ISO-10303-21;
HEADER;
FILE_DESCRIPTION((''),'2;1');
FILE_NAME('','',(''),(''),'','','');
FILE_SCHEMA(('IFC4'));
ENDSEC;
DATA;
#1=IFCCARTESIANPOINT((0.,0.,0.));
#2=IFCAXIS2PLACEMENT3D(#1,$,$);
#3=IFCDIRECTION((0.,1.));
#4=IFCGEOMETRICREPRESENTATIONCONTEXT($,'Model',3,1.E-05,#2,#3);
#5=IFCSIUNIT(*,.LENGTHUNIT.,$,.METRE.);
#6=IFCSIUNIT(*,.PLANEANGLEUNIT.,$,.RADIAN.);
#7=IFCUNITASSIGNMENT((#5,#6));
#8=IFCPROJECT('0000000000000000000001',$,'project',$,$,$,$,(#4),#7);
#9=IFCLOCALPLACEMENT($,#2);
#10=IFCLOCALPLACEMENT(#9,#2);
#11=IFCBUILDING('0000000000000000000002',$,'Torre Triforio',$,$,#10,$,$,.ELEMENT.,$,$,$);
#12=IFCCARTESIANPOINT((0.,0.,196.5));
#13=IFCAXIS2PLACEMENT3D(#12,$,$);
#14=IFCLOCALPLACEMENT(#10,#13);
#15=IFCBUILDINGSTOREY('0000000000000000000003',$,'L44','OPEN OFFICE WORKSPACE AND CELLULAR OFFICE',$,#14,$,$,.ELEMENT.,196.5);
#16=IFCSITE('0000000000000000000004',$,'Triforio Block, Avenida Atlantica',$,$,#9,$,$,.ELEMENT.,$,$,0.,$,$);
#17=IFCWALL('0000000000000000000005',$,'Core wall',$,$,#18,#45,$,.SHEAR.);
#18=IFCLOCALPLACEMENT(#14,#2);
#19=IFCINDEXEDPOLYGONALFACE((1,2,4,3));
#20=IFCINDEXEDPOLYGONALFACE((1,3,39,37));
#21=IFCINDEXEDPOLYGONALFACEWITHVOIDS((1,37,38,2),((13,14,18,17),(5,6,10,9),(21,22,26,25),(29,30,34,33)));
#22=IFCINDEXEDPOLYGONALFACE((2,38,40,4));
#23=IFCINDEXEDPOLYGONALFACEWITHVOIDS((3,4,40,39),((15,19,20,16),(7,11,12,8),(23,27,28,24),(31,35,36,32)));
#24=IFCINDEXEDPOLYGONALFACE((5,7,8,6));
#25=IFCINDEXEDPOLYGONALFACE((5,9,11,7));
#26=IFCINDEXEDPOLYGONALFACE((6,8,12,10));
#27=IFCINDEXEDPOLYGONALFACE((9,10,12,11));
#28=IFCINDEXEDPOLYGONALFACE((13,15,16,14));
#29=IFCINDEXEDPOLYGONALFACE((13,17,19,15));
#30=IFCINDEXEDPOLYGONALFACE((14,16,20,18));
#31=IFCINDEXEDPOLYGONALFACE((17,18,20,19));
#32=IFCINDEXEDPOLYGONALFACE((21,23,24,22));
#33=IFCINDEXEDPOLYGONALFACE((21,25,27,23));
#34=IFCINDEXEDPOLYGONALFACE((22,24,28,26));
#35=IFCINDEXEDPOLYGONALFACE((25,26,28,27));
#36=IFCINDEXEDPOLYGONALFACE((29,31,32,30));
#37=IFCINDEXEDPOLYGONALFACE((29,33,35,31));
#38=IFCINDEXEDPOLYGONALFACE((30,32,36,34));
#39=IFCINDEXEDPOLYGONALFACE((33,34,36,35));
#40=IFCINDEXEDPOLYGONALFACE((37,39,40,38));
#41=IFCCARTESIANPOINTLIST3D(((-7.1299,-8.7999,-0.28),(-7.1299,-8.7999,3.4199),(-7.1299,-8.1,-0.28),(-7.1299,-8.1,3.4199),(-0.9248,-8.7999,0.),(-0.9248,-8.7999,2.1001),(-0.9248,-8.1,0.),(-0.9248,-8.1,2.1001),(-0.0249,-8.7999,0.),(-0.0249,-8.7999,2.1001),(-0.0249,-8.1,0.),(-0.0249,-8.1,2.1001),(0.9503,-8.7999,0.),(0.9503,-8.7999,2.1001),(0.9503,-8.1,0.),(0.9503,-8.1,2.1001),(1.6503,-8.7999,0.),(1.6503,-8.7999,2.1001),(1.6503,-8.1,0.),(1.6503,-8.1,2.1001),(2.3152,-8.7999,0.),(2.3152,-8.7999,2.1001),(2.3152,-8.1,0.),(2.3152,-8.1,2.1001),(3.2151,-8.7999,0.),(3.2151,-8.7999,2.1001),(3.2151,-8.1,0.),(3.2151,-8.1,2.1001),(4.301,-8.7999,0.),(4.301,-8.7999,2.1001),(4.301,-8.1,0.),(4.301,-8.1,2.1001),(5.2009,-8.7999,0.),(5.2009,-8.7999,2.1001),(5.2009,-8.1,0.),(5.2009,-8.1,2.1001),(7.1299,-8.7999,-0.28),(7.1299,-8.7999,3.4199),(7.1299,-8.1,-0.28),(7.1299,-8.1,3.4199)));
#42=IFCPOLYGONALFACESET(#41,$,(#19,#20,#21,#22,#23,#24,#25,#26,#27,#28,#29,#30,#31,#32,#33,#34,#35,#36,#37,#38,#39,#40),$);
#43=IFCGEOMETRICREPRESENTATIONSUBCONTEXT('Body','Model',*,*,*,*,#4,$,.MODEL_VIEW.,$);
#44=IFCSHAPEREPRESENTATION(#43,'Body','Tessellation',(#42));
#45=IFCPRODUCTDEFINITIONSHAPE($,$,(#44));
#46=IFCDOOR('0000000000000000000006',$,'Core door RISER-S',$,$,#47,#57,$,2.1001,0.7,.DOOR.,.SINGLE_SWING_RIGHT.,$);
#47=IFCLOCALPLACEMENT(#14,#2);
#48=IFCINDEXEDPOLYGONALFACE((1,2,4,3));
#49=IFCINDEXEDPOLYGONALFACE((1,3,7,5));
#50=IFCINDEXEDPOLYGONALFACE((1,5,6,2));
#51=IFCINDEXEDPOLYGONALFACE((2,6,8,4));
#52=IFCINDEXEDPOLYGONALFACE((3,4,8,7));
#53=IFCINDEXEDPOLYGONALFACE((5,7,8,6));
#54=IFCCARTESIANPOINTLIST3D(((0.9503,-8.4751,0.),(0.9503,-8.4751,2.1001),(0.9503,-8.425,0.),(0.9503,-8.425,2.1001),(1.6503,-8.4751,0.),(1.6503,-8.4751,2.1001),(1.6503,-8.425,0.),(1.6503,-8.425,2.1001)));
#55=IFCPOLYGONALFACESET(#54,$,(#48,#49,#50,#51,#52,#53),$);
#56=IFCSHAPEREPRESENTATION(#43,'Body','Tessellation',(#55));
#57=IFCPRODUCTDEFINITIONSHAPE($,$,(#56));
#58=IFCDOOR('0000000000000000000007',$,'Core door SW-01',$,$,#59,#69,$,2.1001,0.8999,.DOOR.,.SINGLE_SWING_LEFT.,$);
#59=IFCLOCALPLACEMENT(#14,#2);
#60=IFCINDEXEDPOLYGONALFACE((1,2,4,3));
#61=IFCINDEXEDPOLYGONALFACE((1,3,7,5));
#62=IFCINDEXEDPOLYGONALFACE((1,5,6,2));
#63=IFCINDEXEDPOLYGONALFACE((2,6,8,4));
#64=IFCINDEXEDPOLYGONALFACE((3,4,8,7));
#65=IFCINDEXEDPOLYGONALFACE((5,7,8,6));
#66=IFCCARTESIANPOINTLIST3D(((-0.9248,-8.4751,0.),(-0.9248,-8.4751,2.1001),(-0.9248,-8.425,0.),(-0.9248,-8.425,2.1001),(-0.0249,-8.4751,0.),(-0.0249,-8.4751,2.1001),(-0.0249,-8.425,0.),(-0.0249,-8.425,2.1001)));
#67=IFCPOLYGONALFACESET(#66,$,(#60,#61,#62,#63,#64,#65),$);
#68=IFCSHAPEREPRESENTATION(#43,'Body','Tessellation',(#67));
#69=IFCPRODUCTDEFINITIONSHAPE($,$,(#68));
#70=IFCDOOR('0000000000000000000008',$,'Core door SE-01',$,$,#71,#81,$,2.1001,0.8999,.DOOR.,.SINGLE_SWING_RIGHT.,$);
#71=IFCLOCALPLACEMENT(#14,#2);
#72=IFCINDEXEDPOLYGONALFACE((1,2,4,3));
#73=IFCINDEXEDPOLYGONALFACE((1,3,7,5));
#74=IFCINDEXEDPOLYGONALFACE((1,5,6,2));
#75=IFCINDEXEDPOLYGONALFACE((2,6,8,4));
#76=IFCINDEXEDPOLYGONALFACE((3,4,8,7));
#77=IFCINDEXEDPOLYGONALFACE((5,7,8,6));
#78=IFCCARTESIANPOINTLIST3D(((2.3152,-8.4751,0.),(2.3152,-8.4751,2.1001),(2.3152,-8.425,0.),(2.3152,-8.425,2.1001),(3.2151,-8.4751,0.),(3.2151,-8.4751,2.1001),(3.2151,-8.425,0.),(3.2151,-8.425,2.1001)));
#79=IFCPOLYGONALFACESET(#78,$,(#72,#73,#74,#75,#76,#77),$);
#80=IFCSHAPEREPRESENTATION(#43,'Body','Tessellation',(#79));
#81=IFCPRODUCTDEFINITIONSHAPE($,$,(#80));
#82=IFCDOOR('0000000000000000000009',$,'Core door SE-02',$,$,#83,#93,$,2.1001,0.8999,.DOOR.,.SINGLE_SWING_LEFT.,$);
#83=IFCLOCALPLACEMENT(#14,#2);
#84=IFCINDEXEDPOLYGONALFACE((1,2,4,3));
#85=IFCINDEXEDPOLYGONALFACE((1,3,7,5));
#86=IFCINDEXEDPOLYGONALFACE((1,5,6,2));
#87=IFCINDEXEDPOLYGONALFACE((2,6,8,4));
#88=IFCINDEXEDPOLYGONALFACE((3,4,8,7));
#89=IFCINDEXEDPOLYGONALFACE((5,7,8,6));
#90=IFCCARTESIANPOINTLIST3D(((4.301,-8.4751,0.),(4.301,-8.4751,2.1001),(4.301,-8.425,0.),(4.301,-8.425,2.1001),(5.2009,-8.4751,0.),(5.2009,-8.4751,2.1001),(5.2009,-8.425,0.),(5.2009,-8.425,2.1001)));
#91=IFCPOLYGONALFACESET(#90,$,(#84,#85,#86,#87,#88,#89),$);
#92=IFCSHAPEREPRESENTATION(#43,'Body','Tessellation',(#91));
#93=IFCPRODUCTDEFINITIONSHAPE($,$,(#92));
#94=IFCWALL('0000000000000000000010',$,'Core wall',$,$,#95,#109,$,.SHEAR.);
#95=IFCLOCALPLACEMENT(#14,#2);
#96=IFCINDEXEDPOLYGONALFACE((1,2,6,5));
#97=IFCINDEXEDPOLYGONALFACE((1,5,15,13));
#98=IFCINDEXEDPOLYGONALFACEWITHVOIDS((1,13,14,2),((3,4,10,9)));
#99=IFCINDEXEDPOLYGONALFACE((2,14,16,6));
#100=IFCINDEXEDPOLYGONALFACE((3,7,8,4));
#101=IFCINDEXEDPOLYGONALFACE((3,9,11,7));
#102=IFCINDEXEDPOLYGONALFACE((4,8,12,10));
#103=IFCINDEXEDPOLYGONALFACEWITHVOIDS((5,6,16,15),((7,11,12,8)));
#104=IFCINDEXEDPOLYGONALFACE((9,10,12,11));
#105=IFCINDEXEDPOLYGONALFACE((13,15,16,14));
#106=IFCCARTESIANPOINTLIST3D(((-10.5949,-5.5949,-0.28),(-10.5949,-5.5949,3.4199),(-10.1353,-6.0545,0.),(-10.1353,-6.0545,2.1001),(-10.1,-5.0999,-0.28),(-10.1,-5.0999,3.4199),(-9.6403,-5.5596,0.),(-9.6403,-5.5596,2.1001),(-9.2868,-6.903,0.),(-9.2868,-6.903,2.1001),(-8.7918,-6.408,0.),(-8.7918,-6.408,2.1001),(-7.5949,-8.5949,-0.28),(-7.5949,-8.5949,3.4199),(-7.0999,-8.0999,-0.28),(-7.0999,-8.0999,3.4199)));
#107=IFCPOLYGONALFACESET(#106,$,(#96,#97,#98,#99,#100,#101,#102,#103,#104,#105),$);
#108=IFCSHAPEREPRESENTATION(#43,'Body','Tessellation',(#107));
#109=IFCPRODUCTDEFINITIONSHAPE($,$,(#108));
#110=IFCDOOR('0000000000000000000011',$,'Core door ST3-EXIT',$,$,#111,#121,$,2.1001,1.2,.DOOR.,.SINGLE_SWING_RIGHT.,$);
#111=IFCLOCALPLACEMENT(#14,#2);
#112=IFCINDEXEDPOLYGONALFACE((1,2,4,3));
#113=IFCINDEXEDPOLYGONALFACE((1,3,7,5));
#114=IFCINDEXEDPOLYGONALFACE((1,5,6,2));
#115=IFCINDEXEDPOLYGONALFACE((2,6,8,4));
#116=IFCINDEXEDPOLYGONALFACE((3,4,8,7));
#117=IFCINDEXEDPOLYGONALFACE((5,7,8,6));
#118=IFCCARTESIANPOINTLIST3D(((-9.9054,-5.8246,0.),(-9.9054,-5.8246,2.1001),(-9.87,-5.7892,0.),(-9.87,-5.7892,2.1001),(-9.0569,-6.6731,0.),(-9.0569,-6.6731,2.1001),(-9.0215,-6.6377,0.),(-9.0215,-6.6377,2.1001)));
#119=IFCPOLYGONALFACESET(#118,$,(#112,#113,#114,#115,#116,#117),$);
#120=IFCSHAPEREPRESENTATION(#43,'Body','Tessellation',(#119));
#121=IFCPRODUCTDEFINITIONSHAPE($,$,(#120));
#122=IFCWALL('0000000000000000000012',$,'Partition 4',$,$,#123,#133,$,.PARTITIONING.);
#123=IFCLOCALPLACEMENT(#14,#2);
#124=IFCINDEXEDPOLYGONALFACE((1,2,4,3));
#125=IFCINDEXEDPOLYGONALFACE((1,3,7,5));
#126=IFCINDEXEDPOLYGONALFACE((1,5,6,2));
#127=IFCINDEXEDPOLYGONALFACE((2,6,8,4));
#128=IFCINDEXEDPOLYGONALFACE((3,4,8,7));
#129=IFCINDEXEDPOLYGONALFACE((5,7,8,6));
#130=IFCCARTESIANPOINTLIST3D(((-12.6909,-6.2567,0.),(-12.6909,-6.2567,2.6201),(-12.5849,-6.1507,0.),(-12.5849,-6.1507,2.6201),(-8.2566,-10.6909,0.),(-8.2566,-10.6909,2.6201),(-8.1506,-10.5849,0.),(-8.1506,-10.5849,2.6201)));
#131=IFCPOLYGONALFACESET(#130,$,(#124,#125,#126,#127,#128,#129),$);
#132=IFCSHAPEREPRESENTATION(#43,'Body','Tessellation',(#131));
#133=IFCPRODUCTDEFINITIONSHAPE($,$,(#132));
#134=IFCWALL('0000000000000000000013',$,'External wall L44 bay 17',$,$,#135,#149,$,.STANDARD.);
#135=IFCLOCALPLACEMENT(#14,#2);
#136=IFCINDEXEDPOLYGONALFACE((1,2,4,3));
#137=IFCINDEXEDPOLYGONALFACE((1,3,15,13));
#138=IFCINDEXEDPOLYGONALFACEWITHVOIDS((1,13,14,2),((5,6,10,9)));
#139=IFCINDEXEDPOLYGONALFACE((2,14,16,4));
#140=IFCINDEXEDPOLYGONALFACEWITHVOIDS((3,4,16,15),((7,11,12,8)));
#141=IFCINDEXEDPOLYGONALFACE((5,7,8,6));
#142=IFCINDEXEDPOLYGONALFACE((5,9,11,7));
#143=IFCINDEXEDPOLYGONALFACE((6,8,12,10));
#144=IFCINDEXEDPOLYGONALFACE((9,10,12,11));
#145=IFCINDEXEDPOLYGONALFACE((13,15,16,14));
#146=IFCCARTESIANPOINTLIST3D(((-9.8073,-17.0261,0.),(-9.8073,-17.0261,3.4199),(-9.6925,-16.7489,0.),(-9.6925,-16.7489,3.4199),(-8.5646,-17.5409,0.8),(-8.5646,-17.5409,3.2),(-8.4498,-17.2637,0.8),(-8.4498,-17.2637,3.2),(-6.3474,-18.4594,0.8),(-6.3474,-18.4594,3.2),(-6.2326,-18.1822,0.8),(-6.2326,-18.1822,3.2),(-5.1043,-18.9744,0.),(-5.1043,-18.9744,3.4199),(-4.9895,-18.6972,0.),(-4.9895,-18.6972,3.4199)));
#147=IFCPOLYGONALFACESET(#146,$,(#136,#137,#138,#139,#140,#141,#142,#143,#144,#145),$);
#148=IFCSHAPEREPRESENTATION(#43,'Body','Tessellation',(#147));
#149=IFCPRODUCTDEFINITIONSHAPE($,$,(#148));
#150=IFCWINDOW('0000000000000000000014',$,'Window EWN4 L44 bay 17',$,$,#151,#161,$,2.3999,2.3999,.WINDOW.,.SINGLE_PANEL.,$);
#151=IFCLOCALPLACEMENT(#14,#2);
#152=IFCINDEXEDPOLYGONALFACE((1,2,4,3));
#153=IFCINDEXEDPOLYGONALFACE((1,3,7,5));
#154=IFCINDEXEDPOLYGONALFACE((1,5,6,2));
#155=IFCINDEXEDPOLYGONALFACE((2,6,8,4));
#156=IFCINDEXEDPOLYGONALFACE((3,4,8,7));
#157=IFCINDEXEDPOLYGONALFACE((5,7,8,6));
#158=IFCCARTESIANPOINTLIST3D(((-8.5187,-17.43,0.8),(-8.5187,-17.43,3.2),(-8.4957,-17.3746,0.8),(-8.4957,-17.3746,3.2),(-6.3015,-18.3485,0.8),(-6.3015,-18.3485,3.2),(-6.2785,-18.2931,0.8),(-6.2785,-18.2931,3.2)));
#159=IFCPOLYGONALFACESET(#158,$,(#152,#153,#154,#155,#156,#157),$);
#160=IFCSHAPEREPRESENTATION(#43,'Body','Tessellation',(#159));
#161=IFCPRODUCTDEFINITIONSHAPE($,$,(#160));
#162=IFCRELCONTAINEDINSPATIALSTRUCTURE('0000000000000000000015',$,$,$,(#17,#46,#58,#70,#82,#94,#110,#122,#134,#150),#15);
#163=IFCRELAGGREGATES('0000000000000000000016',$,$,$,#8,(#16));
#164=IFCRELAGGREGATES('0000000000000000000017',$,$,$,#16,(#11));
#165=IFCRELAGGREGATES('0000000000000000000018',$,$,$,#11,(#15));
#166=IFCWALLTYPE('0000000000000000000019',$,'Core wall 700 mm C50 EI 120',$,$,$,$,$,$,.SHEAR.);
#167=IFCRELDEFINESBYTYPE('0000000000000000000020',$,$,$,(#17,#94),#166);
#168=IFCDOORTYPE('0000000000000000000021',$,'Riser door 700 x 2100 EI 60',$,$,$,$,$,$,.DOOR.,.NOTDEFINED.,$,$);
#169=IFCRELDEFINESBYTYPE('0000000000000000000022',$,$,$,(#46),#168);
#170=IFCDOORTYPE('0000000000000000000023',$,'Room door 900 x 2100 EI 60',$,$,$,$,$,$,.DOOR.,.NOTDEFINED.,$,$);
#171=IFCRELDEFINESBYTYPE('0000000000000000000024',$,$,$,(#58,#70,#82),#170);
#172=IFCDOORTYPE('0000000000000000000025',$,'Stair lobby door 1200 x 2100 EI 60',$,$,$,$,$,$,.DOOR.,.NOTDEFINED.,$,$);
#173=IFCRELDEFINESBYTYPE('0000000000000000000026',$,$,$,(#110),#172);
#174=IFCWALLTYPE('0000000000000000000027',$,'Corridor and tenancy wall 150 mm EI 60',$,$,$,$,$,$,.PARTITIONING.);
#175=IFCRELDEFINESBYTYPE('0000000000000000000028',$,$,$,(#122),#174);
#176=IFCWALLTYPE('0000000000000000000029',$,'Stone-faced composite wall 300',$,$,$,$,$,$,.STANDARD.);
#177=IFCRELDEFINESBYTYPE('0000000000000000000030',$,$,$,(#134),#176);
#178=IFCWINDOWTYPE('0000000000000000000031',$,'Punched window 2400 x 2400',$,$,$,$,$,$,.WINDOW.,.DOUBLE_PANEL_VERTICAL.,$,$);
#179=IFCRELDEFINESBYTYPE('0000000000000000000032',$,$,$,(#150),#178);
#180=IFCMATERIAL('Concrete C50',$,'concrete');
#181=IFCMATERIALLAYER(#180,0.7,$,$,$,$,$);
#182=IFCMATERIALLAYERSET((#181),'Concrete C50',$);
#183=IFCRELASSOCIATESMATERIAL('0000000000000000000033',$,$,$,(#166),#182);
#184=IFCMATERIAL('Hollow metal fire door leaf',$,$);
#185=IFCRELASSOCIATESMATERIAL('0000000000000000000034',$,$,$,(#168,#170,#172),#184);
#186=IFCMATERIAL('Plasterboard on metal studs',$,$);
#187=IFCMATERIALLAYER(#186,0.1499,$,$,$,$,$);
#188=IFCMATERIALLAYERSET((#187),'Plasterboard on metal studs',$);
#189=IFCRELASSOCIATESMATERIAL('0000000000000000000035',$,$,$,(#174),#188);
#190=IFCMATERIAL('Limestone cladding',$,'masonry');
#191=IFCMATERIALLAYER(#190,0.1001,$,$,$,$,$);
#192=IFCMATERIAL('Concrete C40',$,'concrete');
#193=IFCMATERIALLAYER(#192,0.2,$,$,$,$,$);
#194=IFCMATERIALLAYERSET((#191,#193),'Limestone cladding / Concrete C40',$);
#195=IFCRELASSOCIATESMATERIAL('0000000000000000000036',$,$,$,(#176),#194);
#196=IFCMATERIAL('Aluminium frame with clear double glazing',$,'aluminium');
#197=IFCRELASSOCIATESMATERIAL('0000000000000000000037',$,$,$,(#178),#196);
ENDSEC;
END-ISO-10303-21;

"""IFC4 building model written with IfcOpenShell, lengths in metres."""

from ifc_helpers import new_model, si_unit, direction, frame, frame_2d, origin, place, context, subcontext, project, spatial, rectangle, extrude, material, layer, layer_set, type_object, element, fill, save


model = new_model("IFC4")

# Units and contexts
model_context = context("Model", 3, precision=1e-05, world=origin(), true_north=direction((0.0, 1.0)))
body_context = subcontext(model_context, "Body", "Model", "MODEL_VIEW")
ifc_project = project(units=[si_unit("LENGTHUNIT", "METRE"), si_unit("PLANEANGLEUNIT", "RADIAN")], contexts=[model_context])

# Site, building, storey
site_placement = place(None, origin())
site = spatial("IfcSite", under=ifc_project, at=site_placement, Name="Triforio Block, Avenida Atlantica", CompositionType="ELEMENT", RefElevation=0.0)
building_placement = place(site_placement, origin())
building = spatial("IfcBuilding", under=site, at=building_placement, Name="Torre Triforio", CompositionType="ELEMENT")
storey_placement = place(building_placement, frame((0.0, 0.0, 196.5)))
storey = spatial("IfcBuildingStorey", under=building, at=storey_placement, Name="L44", Description="OPEN OFFICE WORKSPACE AND CELLULAR OFFICE", CompositionType="ELEMENT", Elevation=196.5)

# Shared definitions
ifc_material_1 = material(Name="Concrete C50", Category="concrete")

# Shared definitions
ifc_material_2 = material(Name="Concrete C40", Category="concrete")

# Wall, openings, doors
ifc_layer_1 = layer(ifc_material_1, 0.7)
ifc_layer_set_1 = layer_set([ifc_layer_1], Name="Concrete C50")
wall_type_1 = type_object("IfcWallType", Name="Core wall 700 mm C50 EI 120", PredefinedType="SHEAR", material=ifc_layer_set_1)
wall_1_placement = place(storey_placement, frame((-7.1299, -8.45, -0.28), z_axis=(0.0, 0.0, 1.0), x_axis=(1.0, 0.0, 0.0)))
wall_1 = element("IfcWall", 1, at=wall_1_placement, inside=storey, type_object=wall_type_1, Name="Core wall", PredefinedType="SHEAR", context=body_context, shape_type="SweptSolid", body=[
    extrude(rectangle(XDim=14.2598, YDim=0.7, at=frame_2d((7.1299, 0.0))), origin(), (0.0, 0.0, 1.0), 3.7),
])
opening_1_placement = place(wall_1_placement, frame((8.0801, 0.0, 0.28)))
opening_1 = element("IfcOpeningElement", 2, at=opening_1_placement, cuts=wall_1, PredefinedType="OPENING", context=body_context, shape_type="SweptSolid", body=[
    extrude(rectangle(XDim=0.7, YDim=2.1001, at=frame_2d((0.3501, 1.05))), frame((0.0, 0.3599, 0.0), z_axis=(0.0, -1.0, 0.0), x_axis=(1.0, 0.0, 0.0)), (0.0, 0.0, 1.0), 0.72),
])
opening_2_placement = place(wall_1_placement, frame((6.2051, 0.0, 0.28)))
opening_2 = element("IfcOpeningElement", 3, at=opening_2_placement, cuts=wall_1, PredefinedType="OPENING", context=body_context, shape_type="SweptSolid", body=[
    extrude(rectangle(XDim=0.8999, YDim=2.1001, at=frame_2d((0.45, 1.05))), frame((0.0, 0.3599, 0.0), z_axis=(0.0, -1.0, 0.0), x_axis=(1.0, 0.0, 0.0)), (0.0, 0.0, 1.0), 0.72),
])
opening_3_placement = place(wall_1_placement, frame((9.4451, 0.0, 0.28)))
opening_3 = element("IfcOpeningElement", 4, at=opening_3_placement, cuts=wall_1, PredefinedType="OPENING", context=body_context, shape_type="SweptSolid", body=[
    extrude(rectangle(XDim=0.8999, YDim=2.1001, at=frame_2d((0.45, 1.05))), frame((0.0, 0.3599, 0.0), z_axis=(0.0, -1.0, 0.0), x_axis=(1.0, 0.0, 0.0)), (0.0, 0.0, 1.0), 0.72),
])
opening_4_placement = place(wall_1_placement, frame((11.4309, 0.0, 0.28)))
opening_4 = element("IfcOpeningElement", 5, at=opening_4_placement, cuts=wall_1, PredefinedType="OPENING", context=body_context, shape_type="SweptSolid", body=[
    extrude(rectangle(XDim=0.8999, YDim=2.1001, at=frame_2d((0.45, 1.05))), frame((0.0, 0.3599, 0.0), z_axis=(0.0, -1.0, 0.0), x_axis=(1.0, 0.0, 0.0)), (0.0, 0.0, 1.0), 0.72),
])
ifc_material_3 = material(Name="Hollow metal fire door leaf")
door_type_1 = type_object("IfcDoorType", Name="Riser door 700 x 2100 EI 60", OperationType="NOTDEFINED", PredefinedType="DOOR", material=ifc_material_3)
door_1_placement = place(opening_1_placement, origin())
door_1 = element("IfcDoor", 6, at=door_1_placement, inside=storey, type_object=door_type_1, Name="Core door RISER-S", OperationType="SINGLE_SWING_RIGHT", OverallHeight=2.1001, OverallWidth=0.7, PredefinedType="DOOR", context=body_context, shape_type="SweptSolid", body=[
    extrude(rectangle(XDim=0.7, YDim=2.1001, at=frame_2d((0.3501, 1.05))), frame((0.0, 0.0249, 0.0), z_axis=(0.0, -1.0, 0.0), x_axis=(1.0, 0.0, 0.0)), (0.0, 0.0, 1.0), 0.05),
])
fill(opening_1, door_1)
door_type_2 = type_object("IfcDoorType", Name="Room door 900 x 2100 EI 60", OperationType="NOTDEFINED", PredefinedType="DOOR", material=ifc_material_3)
door_2_placement = place(opening_2_placement, origin())
door_2 = element("IfcDoor", 7, at=door_2_placement, inside=storey, type_object=door_type_2, Name="Core door SW-01", OperationType="SINGLE_SWING_LEFT", OverallHeight=2.1001, OverallWidth=0.8999, PredefinedType="DOOR", context=body_context, shape_type="SweptSolid", body=[
    extrude(rectangle(XDim=0.8999, YDim=2.1001, at=frame_2d((0.45, 1.05))), frame((0.0, 0.0249, 0.0), z_axis=(0.0, -1.0, 0.0), x_axis=(1.0, 0.0, 0.0)), (0.0, 0.0, 1.0), 0.05),
])
fill(opening_2, door_2)
door_3_placement = place(opening_3_placement, origin())
door_3 = element("IfcDoor", 8, at=door_3_placement, inside=storey, type_object=door_type_2, Name="Core door SE-01", OperationType="SINGLE_SWING_RIGHT", OverallHeight=2.1001, OverallWidth=0.8999, PredefinedType="DOOR", context=body_context, shape_type="SweptSolid", body=[
    extrude(rectangle(XDim=0.8999, YDim=2.1001, at=frame_2d((0.45, 1.05))), frame((0.0, 0.0249, 0.0), z_axis=(0.0, -1.0, 0.0), x_axis=(1.0, 0.0, 0.0)), (0.0, 0.0, 1.0), 0.05),
])
fill(opening_3, door_3)
door_4_placement = place(opening_4_placement, origin())
door_4 = element("IfcDoor", 9, at=door_4_placement, inside=storey, type_object=door_type_2, Name="Core door SE-02", OperationType="SINGLE_SWING_LEFT", OverallHeight=2.1001, OverallWidth=0.8999, PredefinedType="DOOR", context=body_context, shape_type="SweptSolid", body=[
    extrude(rectangle(XDim=0.8999, YDim=2.1001, at=frame_2d((0.45, 1.05))), frame((0.0, 0.0249, 0.0), z_axis=(0.0, -1.0, 0.0), x_axis=(1.0, 0.0, 0.0)), (0.0, 0.0, 1.0), 0.05),
])
fill(opening_4, door_4)

# Wall, opening, door
wall_2_placement = place(storey_placement, frame((-7.3474, -8.3474, -0.28), z_axis=(0.0, 0.0, 1.0), x_axis=(-0.707107, 0.707107, 0.0)))
wall_2 = element("IfcWall", 10, at=wall_2_placement, inside=storey, type_object=wall_type_1, Name="Core wall", PredefinedType="SHEAR", context=body_context, shape_type="SweptSolid", body=[
    extrude(rectangle(XDim=4.2427, YDim=0.7, at=frame_2d((2.1213, 0.0))), origin(), (0.0, 0.0, 1.0), 3.7),
])
opening_5_placement = place(wall_2_placement, frame((2.3926, 0.0, 0.28)))
opening_5 = element("IfcOpeningElement", 11, at=opening_5_placement, cuts=wall_2, PredefinedType="OPENING", context=body_context, shape_type="SweptSolid", body=[
    extrude(rectangle(XDim=1.2, YDim=2.1001, at=frame_2d((0.6001, 1.05))), frame((0.0, 0.3599, 0.0), z_axis=(0.0, -1.0, 0.0), x_axis=(1.0, 0.0, 0.0)), (0.0, 0.0, 1.0), 0.72),
])
door_type_3 = type_object("IfcDoorType", Name="Stair lobby door 1200 x 2100 EI 60", OperationType="NOTDEFINED", PredefinedType="DOOR", material=ifc_material_3)
door_5_placement = place(opening_5_placement, origin())
door_5 = element("IfcDoor", 12, at=door_5_placement, inside=storey, type_object=door_type_3, Name="Core door ST3-EXIT", OperationType="SINGLE_SWING_RIGHT", OverallHeight=2.1001, OverallWidth=1.2, PredefinedType="DOOR", context=body_context, shape_type="SweptSolid", body=[
    extrude(rectangle(XDim=1.2, YDim=2.1001, at=frame_2d((0.6001, 1.05))), frame((0.0, 0.0249, 0.0), z_axis=(0.0, -1.0, 0.0), x_axis=(1.0, 0.0, 0.0)), (0.0, 0.0, 1.0), 0.05),
])
fill(opening_5, door_5)

# Wall
ifc_material_4 = material(Name="Plasterboard on metal studs")
ifc_layer_2 = layer(ifc_material_4, 0.1499)
ifc_layer_set_2 = layer_set([ifc_layer_2], Name="Plasterboard on metal studs")
wall_type_2 = type_object("IfcWallType", Name="Corridor and tenancy wall 150 mm EI 60", PredefinedType="PARTITIONING", material=ifc_layer_set_2)
wall_3_placement = place(storey_placement, frame((-8.2036, -10.6379, 0.0), z_axis=(0.0, 0.0, 1.0), x_axis=(-0.707107, 0.707107, 0.0)))
element("IfcWall", 13, at=wall_3_placement, inside=storey, type_object=wall_type_2, Name="Partition 4", PredefinedType="PARTITIONING", context=body_context, shape_type="SweptSolid", body=[
    extrude(rectangle(XDim=6.271, YDim=0.1499, at=frame_2d((3.1355, 0.0))), origin(), (0.0, 0.0, 1.0), 2.6201),
])

# Wall, opening, window
ifc_material_5 = material(Name="Limestone cladding", Category="masonry")
ifc_layer_3 = layer(ifc_material_5, 0.1001)
ifc_layer_4 = layer(ifc_material_2, 0.2)
ifc_layer_set_3 = layer_set([ifc_layer_3, ifc_layer_4], Name="Limestone cladding / Concrete C40")
wall_type_3 = type_object("IfcWallType", Name="Stone-faced composite wall 300", PredefinedType="STANDARD", material=ifc_layer_set_3)
wall_4_placement = place(storey_placement, frame((-9.75, -16.8875, 0.0), z_axis=(0.0, 0.0, 1.0), x_axis=(0.923863, -0.382725, 0.0)))
wall_4 = element("IfcWall", 14, at=wall_4_placement, inside=storey, type_object=wall_type_3, Name="External wall L44 bay 17", PredefinedType="STANDARD", context=body_context, shape_type="SweptSolid", body=[
    extrude(rectangle(XDim=5.0906, YDim=0.3, at=frame_2d((2.5454, 0.0))), origin(), (0.0, 0.0, 1.0), 3.4199),
])
opening_6_placement = place(wall_4_placement, frame((1.3452, 0.0, 0.8)))
opening_6 = element("IfcOpeningElement", 15, at=opening_6_placement, cuts=wall_4, PredefinedType="OPENING", context=body_context, shape_type="SweptSolid", body=[
    extrude(rectangle(XDim=2.3999, YDim=2.3999, at=frame_2d((1.2, 1.2))), frame((0.0, 0.1599, 0.0), z_axis=(0.0, -1.0, 0.0), x_axis=(1.0, 0.0, 0.0)), (0.0, 0.0, 1.0), 0.3201),
])
ifc_material_6 = material(Name="Aluminium frame with clear double glazing", Category="aluminium")
window_type_1 = type_object("IfcWindowType", Name="Punched window 2400 x 2400", PartitioningType="DOUBLE_PANEL_VERTICAL", PredefinedType="WINDOW", material=ifc_material_6)
window_1_placement = place(opening_6_placement, origin())
window_1 = element("IfcWindow", 16, at=window_1_placement, inside=storey, type_object=window_type_1, Name="Window EWN4 L44 bay 17", OverallHeight=2.3999, OverallWidth=2.3999, PartitioningType="SINGLE_PANEL", PredefinedType="WINDOW", context=body_context, shape_type="SweptSolid", body=[
    extrude(rectangle(XDim=2.3999, YDim=2.3999, at=frame_2d((1.2, 1.2))), frame((0.0, 0.03, 0.0), z_axis=(0.0, -1.0, 0.0), x_axis=(1.0, 0.0, 0.0)), (0.0, 0.0, 1.0), 0.0601),
])
fill(opening_6, window_1)

save(model, "model.ifc")
